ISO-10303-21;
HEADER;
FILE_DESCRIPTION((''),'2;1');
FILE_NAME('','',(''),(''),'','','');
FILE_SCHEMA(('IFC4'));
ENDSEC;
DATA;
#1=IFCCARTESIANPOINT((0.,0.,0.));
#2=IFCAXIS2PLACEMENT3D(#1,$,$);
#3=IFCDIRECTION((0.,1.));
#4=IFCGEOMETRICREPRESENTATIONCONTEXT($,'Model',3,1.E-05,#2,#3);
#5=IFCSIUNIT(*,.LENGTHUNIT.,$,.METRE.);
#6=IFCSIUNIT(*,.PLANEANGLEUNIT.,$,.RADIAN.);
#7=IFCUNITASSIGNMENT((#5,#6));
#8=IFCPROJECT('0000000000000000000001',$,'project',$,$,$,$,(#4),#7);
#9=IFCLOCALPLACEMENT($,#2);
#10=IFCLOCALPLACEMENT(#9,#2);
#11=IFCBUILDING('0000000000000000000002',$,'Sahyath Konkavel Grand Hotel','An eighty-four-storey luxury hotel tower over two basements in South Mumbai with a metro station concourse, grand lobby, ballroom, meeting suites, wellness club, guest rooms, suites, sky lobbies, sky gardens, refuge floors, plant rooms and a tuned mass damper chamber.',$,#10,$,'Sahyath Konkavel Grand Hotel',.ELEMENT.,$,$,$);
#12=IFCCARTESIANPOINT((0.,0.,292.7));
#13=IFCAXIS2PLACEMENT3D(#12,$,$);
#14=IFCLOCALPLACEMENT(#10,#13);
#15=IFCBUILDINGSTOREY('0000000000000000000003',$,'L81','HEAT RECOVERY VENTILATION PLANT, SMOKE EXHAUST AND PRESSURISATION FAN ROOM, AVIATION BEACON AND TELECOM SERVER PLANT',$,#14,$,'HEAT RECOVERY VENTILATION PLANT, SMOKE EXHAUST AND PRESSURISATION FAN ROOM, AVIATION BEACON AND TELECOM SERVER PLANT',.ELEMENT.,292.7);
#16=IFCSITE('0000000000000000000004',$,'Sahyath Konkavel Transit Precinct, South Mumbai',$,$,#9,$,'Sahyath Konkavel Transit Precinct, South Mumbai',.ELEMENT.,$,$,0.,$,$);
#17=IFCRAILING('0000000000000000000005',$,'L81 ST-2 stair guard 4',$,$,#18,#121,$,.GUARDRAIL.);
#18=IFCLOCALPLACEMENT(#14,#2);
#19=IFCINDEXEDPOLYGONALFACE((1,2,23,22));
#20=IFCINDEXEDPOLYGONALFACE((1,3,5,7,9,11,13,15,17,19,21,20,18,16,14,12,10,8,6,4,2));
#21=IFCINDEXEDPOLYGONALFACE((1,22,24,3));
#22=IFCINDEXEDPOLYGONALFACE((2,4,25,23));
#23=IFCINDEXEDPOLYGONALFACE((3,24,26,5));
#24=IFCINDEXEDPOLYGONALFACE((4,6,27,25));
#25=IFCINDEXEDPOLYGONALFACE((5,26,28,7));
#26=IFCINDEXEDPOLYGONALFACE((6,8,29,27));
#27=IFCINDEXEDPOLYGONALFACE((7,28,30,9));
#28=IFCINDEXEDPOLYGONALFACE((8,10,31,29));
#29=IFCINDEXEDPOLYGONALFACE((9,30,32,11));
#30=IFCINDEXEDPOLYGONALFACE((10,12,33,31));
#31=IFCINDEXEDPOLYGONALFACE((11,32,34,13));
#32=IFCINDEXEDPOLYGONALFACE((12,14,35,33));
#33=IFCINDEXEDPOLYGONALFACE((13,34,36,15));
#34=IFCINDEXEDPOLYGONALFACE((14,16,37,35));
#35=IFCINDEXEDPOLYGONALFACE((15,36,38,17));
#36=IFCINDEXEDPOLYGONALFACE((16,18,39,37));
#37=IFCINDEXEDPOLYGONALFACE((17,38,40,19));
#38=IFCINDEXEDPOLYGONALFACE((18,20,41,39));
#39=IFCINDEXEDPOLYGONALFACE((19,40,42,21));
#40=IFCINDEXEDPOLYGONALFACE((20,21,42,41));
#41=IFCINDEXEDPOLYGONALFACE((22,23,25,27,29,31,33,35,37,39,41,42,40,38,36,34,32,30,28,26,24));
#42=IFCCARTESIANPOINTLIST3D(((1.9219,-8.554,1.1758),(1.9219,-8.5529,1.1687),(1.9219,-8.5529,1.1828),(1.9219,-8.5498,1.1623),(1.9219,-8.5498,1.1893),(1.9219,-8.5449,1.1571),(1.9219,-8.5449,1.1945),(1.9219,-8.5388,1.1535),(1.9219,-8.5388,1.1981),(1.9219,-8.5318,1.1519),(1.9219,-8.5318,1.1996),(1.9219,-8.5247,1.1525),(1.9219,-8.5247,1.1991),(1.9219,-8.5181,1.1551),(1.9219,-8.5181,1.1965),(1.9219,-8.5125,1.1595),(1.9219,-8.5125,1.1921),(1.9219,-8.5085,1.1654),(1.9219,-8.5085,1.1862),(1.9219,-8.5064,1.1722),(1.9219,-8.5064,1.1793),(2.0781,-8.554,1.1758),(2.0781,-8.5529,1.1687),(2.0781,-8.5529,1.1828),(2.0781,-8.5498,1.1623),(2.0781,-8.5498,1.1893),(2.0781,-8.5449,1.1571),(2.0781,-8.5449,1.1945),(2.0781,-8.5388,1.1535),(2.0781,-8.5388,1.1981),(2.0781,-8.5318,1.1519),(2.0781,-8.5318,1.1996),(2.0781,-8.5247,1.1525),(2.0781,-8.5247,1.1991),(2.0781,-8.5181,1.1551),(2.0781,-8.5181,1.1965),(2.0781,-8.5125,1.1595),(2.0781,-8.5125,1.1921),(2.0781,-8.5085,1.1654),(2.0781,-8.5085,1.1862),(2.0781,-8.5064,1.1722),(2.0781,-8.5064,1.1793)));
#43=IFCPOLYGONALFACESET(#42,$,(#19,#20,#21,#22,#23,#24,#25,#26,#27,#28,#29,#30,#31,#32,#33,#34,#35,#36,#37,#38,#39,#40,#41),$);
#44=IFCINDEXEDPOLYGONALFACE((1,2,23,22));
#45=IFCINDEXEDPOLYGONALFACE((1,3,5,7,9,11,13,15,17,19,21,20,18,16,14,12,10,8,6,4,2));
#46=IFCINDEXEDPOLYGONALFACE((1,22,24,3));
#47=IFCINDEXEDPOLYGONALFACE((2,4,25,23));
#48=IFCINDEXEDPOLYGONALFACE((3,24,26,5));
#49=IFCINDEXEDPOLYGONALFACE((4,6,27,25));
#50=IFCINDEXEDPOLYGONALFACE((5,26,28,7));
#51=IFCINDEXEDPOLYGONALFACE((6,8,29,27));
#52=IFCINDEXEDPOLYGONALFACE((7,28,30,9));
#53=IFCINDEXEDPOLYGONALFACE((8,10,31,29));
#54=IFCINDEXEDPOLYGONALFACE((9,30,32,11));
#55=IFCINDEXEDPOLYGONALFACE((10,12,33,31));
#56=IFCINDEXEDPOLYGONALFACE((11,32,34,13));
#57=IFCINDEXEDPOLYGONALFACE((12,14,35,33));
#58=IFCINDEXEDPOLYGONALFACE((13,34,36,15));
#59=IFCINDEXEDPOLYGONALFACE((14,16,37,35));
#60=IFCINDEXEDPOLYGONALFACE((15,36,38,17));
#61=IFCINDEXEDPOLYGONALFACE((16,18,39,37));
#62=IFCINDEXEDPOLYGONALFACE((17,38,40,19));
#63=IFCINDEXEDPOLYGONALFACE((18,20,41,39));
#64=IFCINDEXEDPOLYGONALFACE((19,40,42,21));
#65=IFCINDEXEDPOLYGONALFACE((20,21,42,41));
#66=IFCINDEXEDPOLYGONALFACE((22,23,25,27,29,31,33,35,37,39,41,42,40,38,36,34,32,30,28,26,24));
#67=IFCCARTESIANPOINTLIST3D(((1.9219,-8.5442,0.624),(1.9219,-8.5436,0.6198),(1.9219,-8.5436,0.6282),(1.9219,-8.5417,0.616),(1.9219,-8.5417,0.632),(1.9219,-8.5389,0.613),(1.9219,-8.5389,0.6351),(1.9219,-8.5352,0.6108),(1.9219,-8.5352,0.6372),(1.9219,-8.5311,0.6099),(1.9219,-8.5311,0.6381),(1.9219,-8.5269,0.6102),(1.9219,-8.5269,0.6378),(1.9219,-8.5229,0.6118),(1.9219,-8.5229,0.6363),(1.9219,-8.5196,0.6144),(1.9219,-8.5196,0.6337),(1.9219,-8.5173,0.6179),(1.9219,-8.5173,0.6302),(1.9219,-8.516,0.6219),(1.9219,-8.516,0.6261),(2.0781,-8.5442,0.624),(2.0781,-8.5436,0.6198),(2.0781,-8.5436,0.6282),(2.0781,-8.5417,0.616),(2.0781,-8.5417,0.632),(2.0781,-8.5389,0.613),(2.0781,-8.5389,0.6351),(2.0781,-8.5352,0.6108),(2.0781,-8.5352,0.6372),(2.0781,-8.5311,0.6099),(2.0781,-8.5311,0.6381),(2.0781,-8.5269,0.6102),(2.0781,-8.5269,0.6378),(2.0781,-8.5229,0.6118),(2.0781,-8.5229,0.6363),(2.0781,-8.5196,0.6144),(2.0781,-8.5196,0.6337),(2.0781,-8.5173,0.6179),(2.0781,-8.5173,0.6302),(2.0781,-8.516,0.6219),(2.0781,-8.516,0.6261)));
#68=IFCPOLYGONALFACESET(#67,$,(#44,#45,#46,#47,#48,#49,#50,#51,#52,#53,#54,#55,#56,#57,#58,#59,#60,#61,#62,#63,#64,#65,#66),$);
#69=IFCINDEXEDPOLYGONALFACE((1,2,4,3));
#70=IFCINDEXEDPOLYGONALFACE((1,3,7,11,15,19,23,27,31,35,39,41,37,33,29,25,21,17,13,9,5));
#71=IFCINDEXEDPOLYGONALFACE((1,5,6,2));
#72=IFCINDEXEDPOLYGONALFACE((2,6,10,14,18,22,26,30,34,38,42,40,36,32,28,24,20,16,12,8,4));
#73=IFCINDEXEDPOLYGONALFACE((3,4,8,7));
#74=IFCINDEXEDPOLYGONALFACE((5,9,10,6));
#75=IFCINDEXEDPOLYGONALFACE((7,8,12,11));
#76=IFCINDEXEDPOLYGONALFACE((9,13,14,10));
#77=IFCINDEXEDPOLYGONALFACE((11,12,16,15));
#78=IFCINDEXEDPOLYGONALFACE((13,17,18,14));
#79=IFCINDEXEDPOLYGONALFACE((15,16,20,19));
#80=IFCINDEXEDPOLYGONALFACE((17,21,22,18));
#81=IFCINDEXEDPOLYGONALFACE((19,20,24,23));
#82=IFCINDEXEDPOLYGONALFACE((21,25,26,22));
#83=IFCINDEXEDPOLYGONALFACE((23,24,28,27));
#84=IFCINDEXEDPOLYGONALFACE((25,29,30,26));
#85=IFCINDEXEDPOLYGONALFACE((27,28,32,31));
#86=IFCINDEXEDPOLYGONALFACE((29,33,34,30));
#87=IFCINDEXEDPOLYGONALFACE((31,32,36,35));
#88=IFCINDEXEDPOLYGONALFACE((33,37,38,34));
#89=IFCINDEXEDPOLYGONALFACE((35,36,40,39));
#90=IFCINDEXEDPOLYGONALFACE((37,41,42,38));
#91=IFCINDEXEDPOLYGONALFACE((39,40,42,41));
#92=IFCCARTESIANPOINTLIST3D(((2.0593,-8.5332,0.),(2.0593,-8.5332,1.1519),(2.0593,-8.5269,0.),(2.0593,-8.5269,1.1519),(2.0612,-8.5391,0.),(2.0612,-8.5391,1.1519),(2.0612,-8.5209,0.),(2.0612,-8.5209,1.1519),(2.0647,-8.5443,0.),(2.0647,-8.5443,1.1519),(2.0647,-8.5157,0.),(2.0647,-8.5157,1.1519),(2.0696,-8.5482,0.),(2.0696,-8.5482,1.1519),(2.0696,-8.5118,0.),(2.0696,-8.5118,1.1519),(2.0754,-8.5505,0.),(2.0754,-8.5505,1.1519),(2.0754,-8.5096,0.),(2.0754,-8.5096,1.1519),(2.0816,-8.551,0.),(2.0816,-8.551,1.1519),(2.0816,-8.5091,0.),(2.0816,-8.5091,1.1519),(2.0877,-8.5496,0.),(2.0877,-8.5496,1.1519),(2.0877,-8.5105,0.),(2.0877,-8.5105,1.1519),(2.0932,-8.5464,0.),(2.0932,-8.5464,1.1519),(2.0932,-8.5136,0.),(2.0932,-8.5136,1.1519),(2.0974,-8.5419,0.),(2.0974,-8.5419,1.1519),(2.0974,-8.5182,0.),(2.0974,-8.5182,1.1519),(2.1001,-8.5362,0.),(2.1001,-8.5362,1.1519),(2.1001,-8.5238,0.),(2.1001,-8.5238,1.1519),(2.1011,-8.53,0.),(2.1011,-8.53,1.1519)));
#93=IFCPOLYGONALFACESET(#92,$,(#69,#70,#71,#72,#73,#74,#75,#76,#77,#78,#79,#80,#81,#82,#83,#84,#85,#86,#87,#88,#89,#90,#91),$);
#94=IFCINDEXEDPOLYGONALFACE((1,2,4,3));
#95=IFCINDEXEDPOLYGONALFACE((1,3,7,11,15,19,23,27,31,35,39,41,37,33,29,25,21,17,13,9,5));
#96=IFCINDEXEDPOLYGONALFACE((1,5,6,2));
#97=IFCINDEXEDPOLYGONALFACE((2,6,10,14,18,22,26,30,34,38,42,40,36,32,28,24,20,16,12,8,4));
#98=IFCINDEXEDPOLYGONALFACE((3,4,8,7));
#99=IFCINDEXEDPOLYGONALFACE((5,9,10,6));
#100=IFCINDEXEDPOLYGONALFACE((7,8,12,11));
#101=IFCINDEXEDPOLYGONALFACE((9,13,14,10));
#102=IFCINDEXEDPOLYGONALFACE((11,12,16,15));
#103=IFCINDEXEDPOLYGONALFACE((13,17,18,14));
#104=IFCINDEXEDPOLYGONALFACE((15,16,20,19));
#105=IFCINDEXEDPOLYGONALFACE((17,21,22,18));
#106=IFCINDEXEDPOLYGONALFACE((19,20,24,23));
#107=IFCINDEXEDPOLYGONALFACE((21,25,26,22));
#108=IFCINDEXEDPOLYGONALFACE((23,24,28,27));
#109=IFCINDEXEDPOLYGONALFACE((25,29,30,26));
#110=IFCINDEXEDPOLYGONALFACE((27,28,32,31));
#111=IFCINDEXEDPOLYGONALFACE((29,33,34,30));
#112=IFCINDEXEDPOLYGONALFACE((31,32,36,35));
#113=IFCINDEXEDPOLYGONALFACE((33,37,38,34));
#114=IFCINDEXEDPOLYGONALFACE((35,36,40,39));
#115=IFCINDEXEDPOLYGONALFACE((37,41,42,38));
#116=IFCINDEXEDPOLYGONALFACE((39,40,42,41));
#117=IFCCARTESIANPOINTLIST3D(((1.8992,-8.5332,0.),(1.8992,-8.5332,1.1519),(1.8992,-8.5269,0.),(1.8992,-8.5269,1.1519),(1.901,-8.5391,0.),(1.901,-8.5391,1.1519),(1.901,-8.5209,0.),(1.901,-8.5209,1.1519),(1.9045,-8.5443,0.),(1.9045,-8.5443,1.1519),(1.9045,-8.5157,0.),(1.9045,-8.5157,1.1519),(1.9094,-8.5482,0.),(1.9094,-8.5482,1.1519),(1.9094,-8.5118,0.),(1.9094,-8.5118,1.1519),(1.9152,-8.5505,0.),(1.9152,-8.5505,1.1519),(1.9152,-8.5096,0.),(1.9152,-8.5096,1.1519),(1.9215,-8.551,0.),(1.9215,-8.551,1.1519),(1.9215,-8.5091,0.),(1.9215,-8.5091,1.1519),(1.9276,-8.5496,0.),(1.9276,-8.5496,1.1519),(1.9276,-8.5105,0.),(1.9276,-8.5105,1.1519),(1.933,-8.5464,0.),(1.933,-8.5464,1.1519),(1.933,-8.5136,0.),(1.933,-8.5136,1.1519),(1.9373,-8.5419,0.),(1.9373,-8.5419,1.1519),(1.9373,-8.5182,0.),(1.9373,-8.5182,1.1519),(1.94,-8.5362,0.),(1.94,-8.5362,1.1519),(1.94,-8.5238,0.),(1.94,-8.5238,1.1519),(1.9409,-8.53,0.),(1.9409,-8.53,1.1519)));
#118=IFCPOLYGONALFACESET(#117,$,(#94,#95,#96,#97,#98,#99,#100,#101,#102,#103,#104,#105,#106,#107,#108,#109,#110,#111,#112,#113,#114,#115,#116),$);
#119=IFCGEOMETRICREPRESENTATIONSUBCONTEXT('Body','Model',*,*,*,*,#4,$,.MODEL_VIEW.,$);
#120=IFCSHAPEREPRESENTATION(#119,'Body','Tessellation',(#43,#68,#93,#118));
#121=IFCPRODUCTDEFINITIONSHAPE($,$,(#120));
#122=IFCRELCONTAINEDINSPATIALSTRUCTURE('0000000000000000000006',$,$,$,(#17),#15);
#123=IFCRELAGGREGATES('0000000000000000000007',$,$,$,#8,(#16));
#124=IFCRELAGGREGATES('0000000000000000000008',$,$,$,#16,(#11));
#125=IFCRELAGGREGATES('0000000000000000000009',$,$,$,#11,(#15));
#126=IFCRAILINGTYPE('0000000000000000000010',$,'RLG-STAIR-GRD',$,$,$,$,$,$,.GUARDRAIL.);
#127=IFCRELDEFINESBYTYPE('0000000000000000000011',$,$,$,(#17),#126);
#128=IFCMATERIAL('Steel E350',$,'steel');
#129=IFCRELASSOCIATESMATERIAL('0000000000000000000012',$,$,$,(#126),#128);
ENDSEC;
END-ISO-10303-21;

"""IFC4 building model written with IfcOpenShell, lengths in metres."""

from ifc_helpers import new_model, si_unit, direction, frame, origin, origin_2d, place, context, subcontext, project, spatial, circle, extrude, material, type_object, element, save


model = new_model("IFC4")

# Units and contexts
model_context = context("Model", 3, precision=1e-05, world=origin(), true_north=direction((0.0, 1.0)))
body_context = subcontext(model_context, "Body", "Model", "MODEL_VIEW")
ifc_project = project(units=[si_unit("LENGTHUNIT", "METRE"), si_unit("PLANEANGLEUNIT", "RADIAN")], contexts=[model_context])

# Site, building, storey
site_placement = place(None, origin())
site = spatial("IfcSite", under=ifc_project, at=site_placement, Name="Sahyath Konkavel Transit Precinct, South Mumbai", LongName="Sahyath Konkavel Transit Precinct, South Mumbai", CompositionType="ELEMENT", RefElevation=0.0)
building_placement = place(site_placement, origin())
building = spatial("IfcBuilding", under=site, at=building_placement, Name="Sahyath Konkavel Grand Hotel", Description="An eighty-four-storey luxury hotel tower over two basements in South Mumbai with a metro station concourse, grand lobby, ballroom, meeting suites, wellness club, guest rooms, suites, sky lobbies, sky gardens, refuge floors, plant rooms and a tuned mass damper chamber.", LongName="Sahyath Konkavel Grand Hotel", CompositionType="ELEMENT")
storey_placement = place(building_placement, frame((0.0, 0.0, 292.7)))
storey = spatial("IfcBuildingStorey", under=building, at=storey_placement, Name="L81", Description="HEAT RECOVERY VENTILATION PLANT, SMOKE EXHAUST AND PRESSURISATION FAN ROOM, AVIATION BEACON AND TELECOM SERVER PLANT", LongName="HEAT RECOVERY VENTILATION PLANT, SMOKE EXHAUST AND PRESSURISATION FAN ROOM, AVIATION BEACON AND TELECOM SERVER PLANT", CompositionType="ELEMENT", Elevation=292.7)

# Shared definitions
ifc_material_1 = material(Name="Steel E350", Category="steel")

# Railing
railing_type_1 = type_object("IfcRailingType", Name="RLG-STAIR-GRD", PredefinedType="GUARDRAIL", material=ifc_material_1)
railing_1_placement = place(storey_placement, frame((2.0801, -8.53, 0.0)))
element("IfcRailing", 1, at=railing_1_placement, inside=storey, type_object=railing_type_1, Name="L81 ST-2 stair guard 4", PredefinedType="GUARDRAIL", context=body_context, shape_type="SweptSolid", body=[
    extrude(circle(Radius=0.0239, at=origin_2d()), frame((-0.002, 0.0, 1.1758), z_axis=(-1.0, 0.0, 0.0), x_axis=(0.0, -1.0, 0.0)), (0.0, 0.0, 1.0), 0.1562),
    extrude(circle(Radius=0.0142, at=origin_2d()), frame((-0.002, 0.0, 0.624), z_axis=(-1.0, 0.0, 0.0), x_axis=(0.0, -1.0, 0.0)), (0.0, 0.0, 1.0), 0.1562),
    extrude(circle(Radius=0.021, at=origin_2d()), origin(), (0.0, 0.0, 1.0), 1.1519),
    extrude(circle(Radius=0.021, at=origin_2d()), frame((-0.1602, 0.0, 0.0)), (0.0, 0.0, 1.0), 1.1519),
])

save(model, "model.ifc")
